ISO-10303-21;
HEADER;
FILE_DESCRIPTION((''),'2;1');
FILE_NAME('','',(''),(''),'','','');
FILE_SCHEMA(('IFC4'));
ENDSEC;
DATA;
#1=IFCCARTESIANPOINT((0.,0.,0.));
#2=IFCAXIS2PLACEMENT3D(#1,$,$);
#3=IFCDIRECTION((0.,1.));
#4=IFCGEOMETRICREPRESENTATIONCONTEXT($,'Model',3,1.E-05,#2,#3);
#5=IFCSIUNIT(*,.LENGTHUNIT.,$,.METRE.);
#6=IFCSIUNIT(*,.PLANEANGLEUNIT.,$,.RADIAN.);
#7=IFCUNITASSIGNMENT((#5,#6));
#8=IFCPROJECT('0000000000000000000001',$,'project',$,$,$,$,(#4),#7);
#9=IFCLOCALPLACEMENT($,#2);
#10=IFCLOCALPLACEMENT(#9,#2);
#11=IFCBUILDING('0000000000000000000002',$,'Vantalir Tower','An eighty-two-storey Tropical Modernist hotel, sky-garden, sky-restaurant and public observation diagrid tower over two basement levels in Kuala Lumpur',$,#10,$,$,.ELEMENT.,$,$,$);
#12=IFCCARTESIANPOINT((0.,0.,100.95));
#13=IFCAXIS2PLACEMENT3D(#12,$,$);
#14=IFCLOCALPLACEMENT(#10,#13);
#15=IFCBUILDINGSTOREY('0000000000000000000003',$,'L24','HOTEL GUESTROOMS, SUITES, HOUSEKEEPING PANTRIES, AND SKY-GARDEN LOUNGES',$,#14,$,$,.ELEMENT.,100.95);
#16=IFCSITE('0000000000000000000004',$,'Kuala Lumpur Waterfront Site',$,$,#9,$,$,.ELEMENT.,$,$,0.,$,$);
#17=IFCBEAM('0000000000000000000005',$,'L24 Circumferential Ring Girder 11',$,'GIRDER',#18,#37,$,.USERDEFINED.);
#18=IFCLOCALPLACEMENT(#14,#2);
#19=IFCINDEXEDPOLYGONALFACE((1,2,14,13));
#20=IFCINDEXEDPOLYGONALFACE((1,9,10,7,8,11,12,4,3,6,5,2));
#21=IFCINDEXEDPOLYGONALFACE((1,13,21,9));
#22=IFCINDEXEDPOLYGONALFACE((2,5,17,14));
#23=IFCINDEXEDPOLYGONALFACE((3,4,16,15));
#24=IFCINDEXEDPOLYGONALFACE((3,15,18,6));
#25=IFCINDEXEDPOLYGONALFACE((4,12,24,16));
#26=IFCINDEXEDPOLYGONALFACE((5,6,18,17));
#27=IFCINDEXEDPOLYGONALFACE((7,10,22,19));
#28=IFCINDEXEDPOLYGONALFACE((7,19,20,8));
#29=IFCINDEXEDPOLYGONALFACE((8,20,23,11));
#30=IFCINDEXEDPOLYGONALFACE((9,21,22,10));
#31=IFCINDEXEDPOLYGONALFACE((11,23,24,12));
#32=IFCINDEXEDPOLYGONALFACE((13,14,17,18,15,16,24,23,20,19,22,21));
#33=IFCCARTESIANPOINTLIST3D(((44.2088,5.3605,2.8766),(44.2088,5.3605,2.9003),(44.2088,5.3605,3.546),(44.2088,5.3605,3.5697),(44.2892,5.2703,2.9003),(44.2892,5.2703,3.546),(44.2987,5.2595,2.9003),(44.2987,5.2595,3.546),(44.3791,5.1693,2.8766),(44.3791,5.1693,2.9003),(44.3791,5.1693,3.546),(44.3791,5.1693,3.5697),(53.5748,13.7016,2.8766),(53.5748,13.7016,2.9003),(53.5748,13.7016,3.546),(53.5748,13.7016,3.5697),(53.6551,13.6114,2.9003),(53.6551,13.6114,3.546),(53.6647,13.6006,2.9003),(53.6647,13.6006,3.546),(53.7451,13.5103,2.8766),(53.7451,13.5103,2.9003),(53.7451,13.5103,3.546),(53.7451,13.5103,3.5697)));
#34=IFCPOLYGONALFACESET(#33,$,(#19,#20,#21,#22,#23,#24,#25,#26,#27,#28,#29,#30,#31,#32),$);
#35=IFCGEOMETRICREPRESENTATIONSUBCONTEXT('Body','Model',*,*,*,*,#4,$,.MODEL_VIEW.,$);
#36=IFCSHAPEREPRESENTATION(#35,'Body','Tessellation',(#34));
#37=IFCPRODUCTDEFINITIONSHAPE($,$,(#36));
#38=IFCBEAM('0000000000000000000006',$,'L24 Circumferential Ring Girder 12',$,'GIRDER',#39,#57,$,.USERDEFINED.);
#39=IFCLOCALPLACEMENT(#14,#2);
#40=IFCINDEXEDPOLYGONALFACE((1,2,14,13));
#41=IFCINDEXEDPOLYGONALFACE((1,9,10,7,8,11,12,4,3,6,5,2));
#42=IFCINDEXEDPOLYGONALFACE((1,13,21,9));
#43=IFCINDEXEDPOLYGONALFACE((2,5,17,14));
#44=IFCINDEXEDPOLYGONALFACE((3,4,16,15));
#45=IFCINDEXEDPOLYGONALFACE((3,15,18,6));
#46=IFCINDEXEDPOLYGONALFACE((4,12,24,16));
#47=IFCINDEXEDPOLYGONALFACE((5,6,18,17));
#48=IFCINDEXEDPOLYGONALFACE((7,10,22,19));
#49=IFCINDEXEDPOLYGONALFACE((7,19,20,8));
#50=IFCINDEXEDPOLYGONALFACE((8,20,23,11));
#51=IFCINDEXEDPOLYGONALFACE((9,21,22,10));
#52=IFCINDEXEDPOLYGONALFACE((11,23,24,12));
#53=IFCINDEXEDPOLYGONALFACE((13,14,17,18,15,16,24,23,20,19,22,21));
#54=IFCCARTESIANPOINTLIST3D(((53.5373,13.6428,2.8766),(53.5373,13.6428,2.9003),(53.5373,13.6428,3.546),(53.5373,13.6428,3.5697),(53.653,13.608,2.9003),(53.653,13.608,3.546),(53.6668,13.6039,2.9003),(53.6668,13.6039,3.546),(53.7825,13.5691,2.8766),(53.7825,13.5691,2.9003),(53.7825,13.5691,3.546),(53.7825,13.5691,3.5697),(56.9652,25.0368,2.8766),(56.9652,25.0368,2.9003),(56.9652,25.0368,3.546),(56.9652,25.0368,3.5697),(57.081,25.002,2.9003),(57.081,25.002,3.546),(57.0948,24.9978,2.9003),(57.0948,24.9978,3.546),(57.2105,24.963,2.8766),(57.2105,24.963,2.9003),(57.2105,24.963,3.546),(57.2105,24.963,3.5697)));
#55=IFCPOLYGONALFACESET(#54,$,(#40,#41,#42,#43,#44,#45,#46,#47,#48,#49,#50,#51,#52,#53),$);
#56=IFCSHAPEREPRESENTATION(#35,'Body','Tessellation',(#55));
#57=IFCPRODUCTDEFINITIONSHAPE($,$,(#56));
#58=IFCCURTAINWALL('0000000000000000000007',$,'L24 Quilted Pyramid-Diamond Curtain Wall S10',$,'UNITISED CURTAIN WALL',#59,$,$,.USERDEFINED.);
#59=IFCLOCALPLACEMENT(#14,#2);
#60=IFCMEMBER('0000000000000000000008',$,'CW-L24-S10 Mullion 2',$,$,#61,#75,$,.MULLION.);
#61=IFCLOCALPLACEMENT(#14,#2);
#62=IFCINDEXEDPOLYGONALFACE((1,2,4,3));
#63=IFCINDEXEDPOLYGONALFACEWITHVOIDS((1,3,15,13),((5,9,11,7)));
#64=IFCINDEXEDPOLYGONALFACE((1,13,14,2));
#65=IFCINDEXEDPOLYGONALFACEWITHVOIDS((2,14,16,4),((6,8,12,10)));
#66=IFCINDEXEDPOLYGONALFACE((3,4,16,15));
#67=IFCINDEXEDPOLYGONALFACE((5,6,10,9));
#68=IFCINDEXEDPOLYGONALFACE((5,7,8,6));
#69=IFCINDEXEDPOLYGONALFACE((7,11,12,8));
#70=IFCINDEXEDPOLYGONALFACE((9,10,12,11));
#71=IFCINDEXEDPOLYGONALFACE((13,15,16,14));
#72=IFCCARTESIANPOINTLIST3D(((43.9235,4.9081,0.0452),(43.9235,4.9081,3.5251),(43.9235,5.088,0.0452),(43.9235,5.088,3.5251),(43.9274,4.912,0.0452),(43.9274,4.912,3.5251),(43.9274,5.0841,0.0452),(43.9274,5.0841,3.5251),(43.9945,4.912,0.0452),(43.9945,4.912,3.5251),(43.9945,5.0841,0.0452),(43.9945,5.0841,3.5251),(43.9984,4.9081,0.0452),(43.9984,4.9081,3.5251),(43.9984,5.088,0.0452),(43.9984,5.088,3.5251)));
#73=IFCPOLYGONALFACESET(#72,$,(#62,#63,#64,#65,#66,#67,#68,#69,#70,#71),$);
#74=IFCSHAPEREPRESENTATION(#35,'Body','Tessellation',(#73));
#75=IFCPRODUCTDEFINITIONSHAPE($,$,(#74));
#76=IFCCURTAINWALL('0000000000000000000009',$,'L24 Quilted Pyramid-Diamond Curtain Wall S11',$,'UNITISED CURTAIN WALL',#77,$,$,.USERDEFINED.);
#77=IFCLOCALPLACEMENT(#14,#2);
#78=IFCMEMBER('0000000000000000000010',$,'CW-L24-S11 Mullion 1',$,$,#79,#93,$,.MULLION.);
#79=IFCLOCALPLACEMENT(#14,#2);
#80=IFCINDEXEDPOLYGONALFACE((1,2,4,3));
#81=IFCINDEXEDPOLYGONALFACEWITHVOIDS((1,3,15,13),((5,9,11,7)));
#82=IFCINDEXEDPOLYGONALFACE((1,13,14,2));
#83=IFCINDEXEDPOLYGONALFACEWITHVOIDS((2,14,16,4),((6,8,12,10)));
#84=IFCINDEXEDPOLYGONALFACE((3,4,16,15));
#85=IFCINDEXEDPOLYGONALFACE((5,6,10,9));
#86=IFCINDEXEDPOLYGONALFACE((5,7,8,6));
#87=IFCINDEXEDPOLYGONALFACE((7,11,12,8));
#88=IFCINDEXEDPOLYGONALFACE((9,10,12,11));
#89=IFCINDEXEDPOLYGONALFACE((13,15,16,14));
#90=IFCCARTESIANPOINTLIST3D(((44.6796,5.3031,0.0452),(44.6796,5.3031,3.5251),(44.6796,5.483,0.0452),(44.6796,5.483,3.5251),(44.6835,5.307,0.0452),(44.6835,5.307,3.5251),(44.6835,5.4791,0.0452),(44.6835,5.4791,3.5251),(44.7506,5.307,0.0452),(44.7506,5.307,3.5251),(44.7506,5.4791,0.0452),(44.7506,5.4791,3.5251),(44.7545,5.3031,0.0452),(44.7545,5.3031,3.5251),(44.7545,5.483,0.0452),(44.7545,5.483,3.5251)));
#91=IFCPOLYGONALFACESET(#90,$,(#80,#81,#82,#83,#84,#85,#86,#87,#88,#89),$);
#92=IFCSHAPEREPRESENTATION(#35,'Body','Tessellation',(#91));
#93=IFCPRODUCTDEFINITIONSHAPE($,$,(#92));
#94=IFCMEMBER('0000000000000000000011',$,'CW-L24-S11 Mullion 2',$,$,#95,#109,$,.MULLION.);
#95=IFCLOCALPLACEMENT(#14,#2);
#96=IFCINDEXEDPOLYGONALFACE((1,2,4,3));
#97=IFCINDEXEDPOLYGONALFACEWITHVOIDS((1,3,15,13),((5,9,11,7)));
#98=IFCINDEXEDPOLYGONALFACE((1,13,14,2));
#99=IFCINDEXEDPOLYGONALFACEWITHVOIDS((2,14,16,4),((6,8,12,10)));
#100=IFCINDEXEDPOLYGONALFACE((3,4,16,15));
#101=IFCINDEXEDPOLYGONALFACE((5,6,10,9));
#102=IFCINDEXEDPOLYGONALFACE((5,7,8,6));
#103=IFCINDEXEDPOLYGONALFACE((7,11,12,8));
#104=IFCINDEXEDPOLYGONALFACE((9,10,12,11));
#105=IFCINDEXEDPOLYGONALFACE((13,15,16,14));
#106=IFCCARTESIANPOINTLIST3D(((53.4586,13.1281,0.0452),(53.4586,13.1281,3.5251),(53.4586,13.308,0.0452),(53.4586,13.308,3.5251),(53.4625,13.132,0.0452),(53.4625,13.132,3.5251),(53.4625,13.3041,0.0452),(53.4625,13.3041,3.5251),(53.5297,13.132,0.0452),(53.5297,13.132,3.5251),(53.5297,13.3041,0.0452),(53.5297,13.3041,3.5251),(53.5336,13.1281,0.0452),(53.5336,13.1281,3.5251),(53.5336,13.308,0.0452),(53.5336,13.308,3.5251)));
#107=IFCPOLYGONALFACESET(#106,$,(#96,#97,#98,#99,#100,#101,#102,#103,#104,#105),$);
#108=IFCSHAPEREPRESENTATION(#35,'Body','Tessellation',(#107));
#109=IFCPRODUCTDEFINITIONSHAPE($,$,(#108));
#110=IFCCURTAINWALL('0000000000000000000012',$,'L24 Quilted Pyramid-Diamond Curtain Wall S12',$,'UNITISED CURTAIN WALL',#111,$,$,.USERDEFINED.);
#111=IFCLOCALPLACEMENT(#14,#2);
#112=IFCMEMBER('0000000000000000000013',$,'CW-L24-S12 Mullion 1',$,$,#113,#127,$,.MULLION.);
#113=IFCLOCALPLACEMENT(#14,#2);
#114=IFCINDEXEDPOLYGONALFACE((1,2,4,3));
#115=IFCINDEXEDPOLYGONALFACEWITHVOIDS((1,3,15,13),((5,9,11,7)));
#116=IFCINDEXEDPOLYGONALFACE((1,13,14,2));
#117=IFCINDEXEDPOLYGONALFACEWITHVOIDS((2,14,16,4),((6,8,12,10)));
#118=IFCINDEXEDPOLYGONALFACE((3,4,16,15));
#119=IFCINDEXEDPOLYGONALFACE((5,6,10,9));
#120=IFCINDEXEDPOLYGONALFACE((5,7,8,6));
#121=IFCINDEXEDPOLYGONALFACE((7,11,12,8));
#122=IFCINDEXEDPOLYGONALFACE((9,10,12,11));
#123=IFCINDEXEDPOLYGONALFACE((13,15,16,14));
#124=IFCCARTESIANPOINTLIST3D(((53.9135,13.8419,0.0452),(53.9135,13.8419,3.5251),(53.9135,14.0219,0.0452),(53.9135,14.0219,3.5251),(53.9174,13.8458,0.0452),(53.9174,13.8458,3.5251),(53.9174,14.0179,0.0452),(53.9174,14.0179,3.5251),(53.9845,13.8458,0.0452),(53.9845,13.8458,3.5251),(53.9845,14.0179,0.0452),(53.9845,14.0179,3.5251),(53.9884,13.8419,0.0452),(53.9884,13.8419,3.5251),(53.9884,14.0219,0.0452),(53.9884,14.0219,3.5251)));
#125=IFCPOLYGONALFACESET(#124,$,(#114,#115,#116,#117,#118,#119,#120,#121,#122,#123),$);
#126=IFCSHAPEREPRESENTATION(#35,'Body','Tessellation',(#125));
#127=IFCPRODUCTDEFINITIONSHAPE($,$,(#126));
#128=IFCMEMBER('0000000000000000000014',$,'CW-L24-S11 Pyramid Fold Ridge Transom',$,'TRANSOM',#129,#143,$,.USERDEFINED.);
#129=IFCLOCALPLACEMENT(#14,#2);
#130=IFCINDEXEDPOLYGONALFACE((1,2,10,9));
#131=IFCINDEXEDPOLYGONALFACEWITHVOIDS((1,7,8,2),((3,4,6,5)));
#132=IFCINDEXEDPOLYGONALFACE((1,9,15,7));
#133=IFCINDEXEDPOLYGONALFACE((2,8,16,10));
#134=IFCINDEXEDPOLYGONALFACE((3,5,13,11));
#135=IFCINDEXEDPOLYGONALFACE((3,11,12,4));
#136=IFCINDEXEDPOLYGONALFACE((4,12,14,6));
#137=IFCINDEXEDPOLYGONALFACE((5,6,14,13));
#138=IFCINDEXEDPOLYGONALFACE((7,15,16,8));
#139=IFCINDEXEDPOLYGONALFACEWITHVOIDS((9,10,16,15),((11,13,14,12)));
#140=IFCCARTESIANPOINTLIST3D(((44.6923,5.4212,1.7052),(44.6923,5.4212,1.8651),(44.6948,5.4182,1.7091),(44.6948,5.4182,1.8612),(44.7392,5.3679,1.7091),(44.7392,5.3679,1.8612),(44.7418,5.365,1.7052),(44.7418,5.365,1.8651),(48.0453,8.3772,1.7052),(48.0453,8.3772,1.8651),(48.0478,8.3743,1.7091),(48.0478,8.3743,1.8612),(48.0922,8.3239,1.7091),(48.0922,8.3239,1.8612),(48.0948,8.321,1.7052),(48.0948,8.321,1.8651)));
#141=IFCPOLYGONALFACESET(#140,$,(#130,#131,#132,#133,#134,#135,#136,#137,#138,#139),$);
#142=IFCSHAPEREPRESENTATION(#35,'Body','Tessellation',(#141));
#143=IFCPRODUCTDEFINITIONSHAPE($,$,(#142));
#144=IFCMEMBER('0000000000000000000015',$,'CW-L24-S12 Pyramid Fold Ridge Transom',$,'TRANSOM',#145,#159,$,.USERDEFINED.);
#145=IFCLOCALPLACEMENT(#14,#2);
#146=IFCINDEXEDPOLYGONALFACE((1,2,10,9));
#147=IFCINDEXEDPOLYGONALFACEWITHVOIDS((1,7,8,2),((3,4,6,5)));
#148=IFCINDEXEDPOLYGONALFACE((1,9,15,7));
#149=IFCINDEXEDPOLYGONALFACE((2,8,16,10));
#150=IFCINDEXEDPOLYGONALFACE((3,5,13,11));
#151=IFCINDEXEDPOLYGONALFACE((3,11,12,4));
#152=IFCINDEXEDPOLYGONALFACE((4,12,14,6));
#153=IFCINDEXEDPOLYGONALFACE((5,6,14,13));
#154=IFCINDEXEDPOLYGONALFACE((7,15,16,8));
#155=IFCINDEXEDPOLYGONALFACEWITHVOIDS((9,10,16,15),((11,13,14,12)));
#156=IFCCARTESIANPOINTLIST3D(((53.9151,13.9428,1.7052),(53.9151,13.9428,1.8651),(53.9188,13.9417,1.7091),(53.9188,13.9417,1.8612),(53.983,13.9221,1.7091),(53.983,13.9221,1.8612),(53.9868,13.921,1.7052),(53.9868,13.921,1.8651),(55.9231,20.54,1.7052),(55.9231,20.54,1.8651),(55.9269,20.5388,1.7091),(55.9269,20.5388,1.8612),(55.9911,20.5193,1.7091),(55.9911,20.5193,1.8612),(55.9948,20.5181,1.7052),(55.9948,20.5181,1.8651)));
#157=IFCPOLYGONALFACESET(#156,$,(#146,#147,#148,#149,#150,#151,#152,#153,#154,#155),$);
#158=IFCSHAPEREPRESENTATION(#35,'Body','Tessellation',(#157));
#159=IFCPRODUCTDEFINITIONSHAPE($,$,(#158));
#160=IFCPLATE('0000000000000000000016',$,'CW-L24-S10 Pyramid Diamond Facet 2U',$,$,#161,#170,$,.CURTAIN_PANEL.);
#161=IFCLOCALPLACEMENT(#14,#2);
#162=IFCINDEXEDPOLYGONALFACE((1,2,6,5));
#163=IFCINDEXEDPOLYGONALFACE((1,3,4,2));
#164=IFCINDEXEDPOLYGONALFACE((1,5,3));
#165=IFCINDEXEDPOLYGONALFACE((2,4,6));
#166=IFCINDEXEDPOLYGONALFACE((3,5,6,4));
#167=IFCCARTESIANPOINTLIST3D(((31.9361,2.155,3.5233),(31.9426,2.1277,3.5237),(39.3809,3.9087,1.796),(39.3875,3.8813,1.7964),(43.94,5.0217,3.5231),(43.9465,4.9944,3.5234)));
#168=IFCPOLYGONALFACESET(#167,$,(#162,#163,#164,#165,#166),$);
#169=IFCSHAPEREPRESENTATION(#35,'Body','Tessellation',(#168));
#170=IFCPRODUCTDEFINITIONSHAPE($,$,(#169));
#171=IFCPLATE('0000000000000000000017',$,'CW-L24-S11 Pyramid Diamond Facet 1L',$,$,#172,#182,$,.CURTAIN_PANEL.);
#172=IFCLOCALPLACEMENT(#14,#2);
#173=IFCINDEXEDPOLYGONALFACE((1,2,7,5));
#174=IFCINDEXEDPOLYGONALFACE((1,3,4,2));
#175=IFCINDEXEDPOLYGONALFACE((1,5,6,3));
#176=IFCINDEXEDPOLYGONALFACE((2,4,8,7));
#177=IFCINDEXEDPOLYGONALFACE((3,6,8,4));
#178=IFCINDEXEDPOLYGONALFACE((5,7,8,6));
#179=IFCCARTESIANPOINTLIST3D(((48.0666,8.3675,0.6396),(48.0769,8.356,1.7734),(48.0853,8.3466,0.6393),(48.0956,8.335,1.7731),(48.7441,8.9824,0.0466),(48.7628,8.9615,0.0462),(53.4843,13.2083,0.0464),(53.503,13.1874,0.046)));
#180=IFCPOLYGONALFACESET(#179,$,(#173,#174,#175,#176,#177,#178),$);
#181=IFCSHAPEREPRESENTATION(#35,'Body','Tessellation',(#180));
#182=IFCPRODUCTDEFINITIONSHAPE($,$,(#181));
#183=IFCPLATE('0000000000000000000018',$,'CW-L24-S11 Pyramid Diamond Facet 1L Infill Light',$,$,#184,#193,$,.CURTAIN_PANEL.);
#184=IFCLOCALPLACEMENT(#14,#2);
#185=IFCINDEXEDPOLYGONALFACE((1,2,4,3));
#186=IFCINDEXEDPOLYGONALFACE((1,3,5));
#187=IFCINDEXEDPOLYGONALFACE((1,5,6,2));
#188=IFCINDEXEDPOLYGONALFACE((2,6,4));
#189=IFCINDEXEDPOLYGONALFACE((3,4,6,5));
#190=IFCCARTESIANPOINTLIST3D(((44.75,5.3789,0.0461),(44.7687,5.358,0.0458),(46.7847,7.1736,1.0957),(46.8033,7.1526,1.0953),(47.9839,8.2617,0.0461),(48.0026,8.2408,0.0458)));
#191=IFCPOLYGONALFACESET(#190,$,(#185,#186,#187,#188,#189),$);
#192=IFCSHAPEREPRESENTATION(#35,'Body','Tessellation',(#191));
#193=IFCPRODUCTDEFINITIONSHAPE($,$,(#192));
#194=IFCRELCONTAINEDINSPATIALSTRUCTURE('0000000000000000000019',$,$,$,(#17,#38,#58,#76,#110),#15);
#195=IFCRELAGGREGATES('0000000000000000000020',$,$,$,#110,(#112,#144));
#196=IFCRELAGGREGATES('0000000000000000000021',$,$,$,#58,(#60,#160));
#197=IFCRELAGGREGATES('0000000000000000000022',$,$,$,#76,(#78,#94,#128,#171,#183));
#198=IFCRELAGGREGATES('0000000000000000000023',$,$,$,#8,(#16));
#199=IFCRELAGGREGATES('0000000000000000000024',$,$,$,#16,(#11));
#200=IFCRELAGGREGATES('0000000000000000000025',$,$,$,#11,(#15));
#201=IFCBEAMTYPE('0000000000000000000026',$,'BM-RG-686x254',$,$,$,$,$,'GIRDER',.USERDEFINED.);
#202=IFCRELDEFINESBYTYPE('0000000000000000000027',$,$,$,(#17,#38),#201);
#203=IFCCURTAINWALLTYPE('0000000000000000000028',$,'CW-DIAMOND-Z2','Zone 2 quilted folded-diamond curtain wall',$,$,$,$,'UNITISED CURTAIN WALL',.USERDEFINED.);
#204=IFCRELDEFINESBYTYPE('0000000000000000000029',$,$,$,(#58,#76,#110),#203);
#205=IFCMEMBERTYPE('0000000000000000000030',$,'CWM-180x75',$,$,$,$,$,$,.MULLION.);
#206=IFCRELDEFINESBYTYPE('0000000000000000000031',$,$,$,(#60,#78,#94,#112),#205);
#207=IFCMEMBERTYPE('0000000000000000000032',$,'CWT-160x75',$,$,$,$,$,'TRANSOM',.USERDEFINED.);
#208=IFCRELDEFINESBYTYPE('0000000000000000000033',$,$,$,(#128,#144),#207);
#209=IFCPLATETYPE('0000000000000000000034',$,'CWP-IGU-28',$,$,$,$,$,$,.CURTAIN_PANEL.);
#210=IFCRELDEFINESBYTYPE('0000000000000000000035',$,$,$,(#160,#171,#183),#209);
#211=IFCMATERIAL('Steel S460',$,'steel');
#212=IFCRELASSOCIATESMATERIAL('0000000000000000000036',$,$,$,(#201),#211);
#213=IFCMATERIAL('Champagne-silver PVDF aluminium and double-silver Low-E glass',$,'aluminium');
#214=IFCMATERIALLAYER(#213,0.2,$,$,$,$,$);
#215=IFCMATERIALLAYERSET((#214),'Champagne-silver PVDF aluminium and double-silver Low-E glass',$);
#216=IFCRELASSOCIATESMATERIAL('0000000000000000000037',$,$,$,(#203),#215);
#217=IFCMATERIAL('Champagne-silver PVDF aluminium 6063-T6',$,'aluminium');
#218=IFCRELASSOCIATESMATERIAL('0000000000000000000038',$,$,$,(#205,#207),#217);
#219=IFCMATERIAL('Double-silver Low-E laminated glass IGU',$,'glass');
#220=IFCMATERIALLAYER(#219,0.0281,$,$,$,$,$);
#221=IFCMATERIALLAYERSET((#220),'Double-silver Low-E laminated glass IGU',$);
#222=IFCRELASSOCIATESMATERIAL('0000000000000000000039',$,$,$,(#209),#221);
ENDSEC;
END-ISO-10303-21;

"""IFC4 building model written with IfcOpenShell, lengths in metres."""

from ifc_helpers import new_model, si_unit, direction, frame, origin, origin_2d, place, context, subcontext, project, spatial, polyline, hollow_rectangle, i_section, outline, extrude, material, layer, layer_set, material_profile, profile_set, type_object, element, aggregate, save


model = new_model("IFC4")

# Units and contexts
model_context = context("Model", 3, precision=1e-05, world=origin(), true_north=direction((0.0, 1.0)))
body_context = subcontext(model_context, "Body", "Model", "MODEL_VIEW")
ifc_project = project(units=[si_unit("LENGTHUNIT", "METRE"), si_unit("PLANEANGLEUNIT", "RADIAN")], contexts=[model_context])

# Site, building, storey
site_placement = place(None, origin())
site = spatial("IfcSite", under=ifc_project, at=site_placement, Name="Kuala Lumpur Waterfront Site", CompositionType="ELEMENT", RefElevation=0.0)
building_placement = place(site_placement, origin())
building = spatial("IfcBuilding", under=site, at=building_placement, Name="Vantalir Tower", Description="An eighty-two-storey Tropical Modernist hotel, sky-garden, sky-restaurant and public observation diagrid tower over two basement levels in Kuala Lumpur", CompositionType="ELEMENT")
storey_placement = place(building_placement, frame((0.0, 0.0, 100.95)))
storey = spatial("IfcBuildingStorey", under=building, at=storey_placement, Name="L24", Description="HOTEL GUESTROOMS, SUITES, HOUSEKEEPING PANTRIES, AND SKY-GARDEN LOUNGES", CompositionType="ELEMENT", Elevation=100.95)

# Shared definitions
ifc_material_1 = material(Name="Steel S460", Category="steel")

# Beams
ifc_material_profile_1 = material_profile(ifc_material_1, i_section(OverallWidth=0.2561, OverallDepth=0.6931, WebThickness=0.0144, FlangeThickness=0.0237, at=origin_2d()), Name="Steel S460")
ifc_profile_set_1 = profile_set([ifc_material_profile_1], Name="Steel S460")
beam_type_1 = type_object("IfcBeamType", Name="BM-RG-686x254", ElementType="GIRDER", PredefinedType="USERDEFINED", material=ifc_profile_set_1)
beam_1_placement = place(storey_placement, frame((44.2939, 5.2649, 3.2231), z_axis=(0.746785, 0.665066, 0.0), x_axis=(-0.665066, 0.746785, 0.0)))
element("IfcBeam", 1, at=beam_1_placement, inside=storey, type_object=beam_type_1, Name="L24 Circumferential Ring Girder 11", ObjectType="GIRDER", PredefinedType="USERDEFINED", context=body_context, shape_type="SweptSolid", body=[
    extrude(i_section(OverallWidth=0.2561, OverallDepth=0.6931, WebThickness=0.0144, FlangeThickness=0.0237, at=origin_2d()), origin(), (0.0, 0.0, 1.0), 12.5417),
])
beam_2_placement = place(storey_placement, frame((53.6599, 13.606, 3.2231), z_axis=(0.288101, 0.9576, 0.0), x_axis=(-0.9576, 0.288101, 0.0)))
element("IfcBeam", 2, at=beam_2_placement, inside=storey, type_object=beam_type_1, Name="L24 Circumferential Ring Girder 12", ObjectType="GIRDER", PredefinedType="USERDEFINED", context=body_context, shape_type="SweptSolid", body=[
    extrude(i_section(OverallWidth=0.2561, OverallDepth=0.6931, WebThickness=0.0144, FlangeThickness=0.0237, at=origin_2d()), origin(), (0.0, 0.0, 1.0), 11.8984),
])

# Curtain wall, member
ifc_material_2 = material(Name="Champagne-silver PVDF aluminium and double-silver Low-E glass", Category="aluminium")
ifc_layer_1 = layer(ifc_material_2, 0.2)
ifc_layer_set_1 = layer_set([ifc_layer_1], Name="Champagne-silver PVDF aluminium and double-silver Low-E glass")
curtain_wall_type = type_object("IfcCurtainWallType", Name="CW-DIAMOND-Z2", Description="Zone 2 quilted folded-diamond curtain wall", ElementType="UNITISED CURTAIN WALL", PredefinedType="USERDEFINED", material=ifc_layer_set_1)
curtain_wall_1_placement = place(storey_placement, origin())
curtain_wall_1 = element("IfcCurtainWall", 3, at=curtain_wall_1_placement, inside=storey, type_object=curtain_wall_type, Name="L24 Quilted Pyramid-Diamond Curtain Wall S10", ObjectType="UNITISED CURTAIN WALL", PredefinedType="USERDEFINED")
ifc_material_3 = material(Name="Champagne-silver PVDF aluminium 6063-T6", Category="aluminium")
ifc_material_profile_2 = material_profile(ifc_material_3, hollow_rectangle(XDim=0.075, YDim=0.1799, WallThickness=0.0039, at=origin_2d()), Name="Champagne-silver PVDF aluminium 6063-T6")
ifc_profile_set_2 = profile_set([ifc_material_profile_2], Name="Champagne-silver PVDF aluminium 6063-T6")
member_type_1 = type_object("IfcMemberType", Name="CWM-180x75", PredefinedType="MULLION", material=ifc_profile_set_2)
member_1_placement = place(storey_placement, frame((43.9609, 4.998, 0.0452), z_axis=(0.0, 0.0, 1.0), x_axis=(1.0, 0.0, 0.0)))
member_1 = element("IfcMember", 4, at=member_1_placement, type_object=member_type_1, Name="CW-L24-S10 Mullion 2", PredefinedType="MULLION", context=body_context, shape_type="SweptSolid", body=[
    extrude(hollow_rectangle(XDim=0.075, YDim=0.1799, WallThickness=0.0039, at=origin_2d()), origin(), (0.0, 0.0, 1.0), 3.48),
])

# Curtain wall, members
curtain_wall_2_placement = place(storey_placement, origin())
curtain_wall_2 = element("IfcCurtainWall", 5, at=curtain_wall_2_placement, inside=storey, type_object=curtain_wall_type, Name="L24 Quilted Pyramid-Diamond Curtain Wall S11", ObjectType="UNITISED CURTAIN WALL", PredefinedType="USERDEFINED")
member_2_placement = place(storey_placement, frame((44.717, 5.3931, 0.0452), z_axis=(0.0, 0.0, 1.0), x_axis=(1.0, 0.0, 0.0)))
member_2 = element("IfcMember", 6, at=member_2_placement, type_object=member_type_1, Name="CW-L24-S11 Mullion 1", PredefinedType="MULLION", context=body_context, shape_type="SweptSolid", body=[
    extrude(hollow_rectangle(XDim=0.075, YDim=0.1799, WallThickness=0.0039, at=origin_2d()), origin(), (0.0, 0.0, 1.0), 3.48),
])
member_3_placement = place(storey_placement, frame((53.4961, 13.218, 0.0452), z_axis=(0.0, 0.0, 1.0), x_axis=(1.0, 0.0, 0.0)))
member_3 = element("IfcMember", 7, at=member_3_placement, type_object=member_type_1, Name="CW-L24-S11 Mullion 2", PredefinedType="MULLION", context=body_context, shape_type="SweptSolid", body=[
    extrude(hollow_rectangle(XDim=0.075, YDim=0.1799, WallThickness=0.0039, at=origin_2d()), origin(), (0.0, 0.0, 1.0), 3.48),
])

# Curtain wall, member
curtain_wall_3_placement = place(storey_placement, origin())
curtain_wall_3 = element("IfcCurtainWall", 8, at=curtain_wall_3_placement, inside=storey, type_object=curtain_wall_type, Name="L24 Quilted Pyramid-Diamond Curtain Wall S12", ObjectType="UNITISED CURTAIN WALL", PredefinedType="USERDEFINED")
member_4_placement = place(storey_placement, frame((53.9509, 13.9319, 0.0452), z_axis=(0.0, 0.0, 1.0), x_axis=(1.0, 0.0, 0.0)))
member_4 = element("IfcMember", 9, at=member_4_placement, type_object=member_type_1, Name="CW-L24-S12 Mullion 1", PredefinedType="MULLION", context=body_context, shape_type="SweptSolid", body=[
    extrude(hollow_rectangle(XDim=0.075, YDim=0.1799, WallThickness=0.0039, at=origin_2d()), origin(), (0.0, 0.0, 1.0), 3.48),
])

# Members
ifc_material_profile_3 = material_profile(ifc_material_3, hollow_rectangle(XDim=0.075, YDim=0.1599, WallThickness=0.0039, at=origin_2d()), Name="Champagne-silver PVDF aluminium 6063-T6")
ifc_profile_set_3 = profile_set([ifc_material_profile_3], Name="Champagne-silver PVDF aluminium 6063-T6")
member_type_2 = type_object("IfcMemberType", Name="CWT-160x75", ElementType="TRANSOM", PredefinedType="USERDEFINED", material=ifc_profile_set_3)
member_5_placement = place(storey_placement, frame((44.717, 5.3931, 1.7852), z_axis=(0.750115, 0.661307, 0.0), x_axis=(-0.661307, 0.750115, 0.0)))
member_5 = element("IfcMember", 10, at=member_5_placement, type_object=member_type_2, Name="CW-L24-S11 Pyramid Fold Ridge Transom", ObjectType="TRANSOM", PredefinedType="USERDEFINED", context=body_context, shape_type="SweptSolid", body=[
    extrude(hollow_rectangle(XDim=0.075, YDim=0.1599, WallThickness=0.0039, at=origin_2d()), origin(), (0.0, 0.0, 1.0), 4.47),
])
member_6_placement = place(storey_placement, frame((53.9509, 13.9319, 1.7852), z_axis=(0.291191, 0.956665, 0.0), x_axis=(-0.956665, 0.291191, 0.0)))
member_6 = element("IfcMember", 11, at=member_6_placement, type_object=member_type_2, Name="CW-L24-S12 Pyramid Fold Ridge Transom", ObjectType="TRANSOM", PredefinedType="USERDEFINED", context=body_context, shape_type="SweptSolid", body=[
    extrude(hollow_rectangle(XDim=0.075, YDim=0.1599, WallThickness=0.0039, at=origin_2d()), origin(), (0.0, 0.0, 1.0), 6.896),
])
aggregate(curtain_wall_3, [member_4, member_6])

# Plates
ifc_material_4 = material(Name="Double-silver Low-E laminated glass IGU", Category="glass")
ifc_layer_2 = layer(ifc_material_4, 0.0281)
ifc_layer_set_2 = layer_set([ifc_layer_2], Name="Double-silver Low-E laminated glass IGU")
plate_type_1 = type_object("IfcPlateType", Name="CWP-IGU-28", PredefinedType="CURTAIN_PANEL", material=ifc_layer_set_2)
plate_1_placement = place(storey_placement, frame((43.9465, 4.9944, 3.5234), z_axis=(0.232261, -0.972558, 0.013664), x_axis=(-0.972648, -0.232282, 0.00002)))
plate_1 = element("IfcPlate", 12, at=plate_1_placement, type_object=plate_type_1, Name="CW-L24-S10 Pyramid Diamond Facet 2U", PredefinedType="CURTAIN_PANEL", context=body_context, shape_type="SweptSolid", body=[
    extrude(outline(polyline([(0.0, 0.0), (12.3415, 0.0), (4.6929, 1.7273), (0.0, 0.0)])), origin(), (0.0, 0.0, -1.0), 0.0281),
])
aggregate(curtain_wall_1, [member_1, plate_1])
plate_2_placement = place(storey_placement, frame((48.7441, 8.9824, 0.0466), z_axis=(-0.665394, 0.746367, 0.013665), x_axis=(0.746437, 0.665457, -0.000038)))
plate_2 = element("IfcPlate", 13, at=plate_2_placement, type_object=plate_type_1, Name="CW-L24-S11 Pyramid Diamond Facet 1L", PredefinedType="CURTAIN_PANEL", context=body_context, shape_type="SweptSolid", body=[
    extrude(outline(polyline([(0.0, 0.0), (6.3504, 0.0), (-0.915, -1.7269), (-0.915, -0.593), (0.0, 0.0)])), origin(), (0.0, 0.0, -1.0), 0.0281),
])
plate_3_placement = place(storey_placement, frame((44.75, 5.3789, 0.0461), z_axis=(-0.665365, 0.746394, 0.013586), x_axis=(0.746463, 0.665427, 0.0)))
plate_3 = element("IfcPlate", 14, at=plate_3_placement, type_object=plate_type_1, Name="CW-L24-S11 Pyramid Diamond Facet 1L Infill Light", PredefinedType="CURTAIN_PANEL", context=body_context, shape_type="SweptSolid", body=[
    extrude(outline(polyline([(0.0, 0.0), (4.3323, 0.0), (2.713, -1.0497), (0.0, 0.0)])), origin(), (0.0, 0.0, -1.0), 0.0281),
])
aggregate(curtain_wall_2, [member_2, member_3, member_5, plate_2, plate_3])

save(model, "model.ifc")
